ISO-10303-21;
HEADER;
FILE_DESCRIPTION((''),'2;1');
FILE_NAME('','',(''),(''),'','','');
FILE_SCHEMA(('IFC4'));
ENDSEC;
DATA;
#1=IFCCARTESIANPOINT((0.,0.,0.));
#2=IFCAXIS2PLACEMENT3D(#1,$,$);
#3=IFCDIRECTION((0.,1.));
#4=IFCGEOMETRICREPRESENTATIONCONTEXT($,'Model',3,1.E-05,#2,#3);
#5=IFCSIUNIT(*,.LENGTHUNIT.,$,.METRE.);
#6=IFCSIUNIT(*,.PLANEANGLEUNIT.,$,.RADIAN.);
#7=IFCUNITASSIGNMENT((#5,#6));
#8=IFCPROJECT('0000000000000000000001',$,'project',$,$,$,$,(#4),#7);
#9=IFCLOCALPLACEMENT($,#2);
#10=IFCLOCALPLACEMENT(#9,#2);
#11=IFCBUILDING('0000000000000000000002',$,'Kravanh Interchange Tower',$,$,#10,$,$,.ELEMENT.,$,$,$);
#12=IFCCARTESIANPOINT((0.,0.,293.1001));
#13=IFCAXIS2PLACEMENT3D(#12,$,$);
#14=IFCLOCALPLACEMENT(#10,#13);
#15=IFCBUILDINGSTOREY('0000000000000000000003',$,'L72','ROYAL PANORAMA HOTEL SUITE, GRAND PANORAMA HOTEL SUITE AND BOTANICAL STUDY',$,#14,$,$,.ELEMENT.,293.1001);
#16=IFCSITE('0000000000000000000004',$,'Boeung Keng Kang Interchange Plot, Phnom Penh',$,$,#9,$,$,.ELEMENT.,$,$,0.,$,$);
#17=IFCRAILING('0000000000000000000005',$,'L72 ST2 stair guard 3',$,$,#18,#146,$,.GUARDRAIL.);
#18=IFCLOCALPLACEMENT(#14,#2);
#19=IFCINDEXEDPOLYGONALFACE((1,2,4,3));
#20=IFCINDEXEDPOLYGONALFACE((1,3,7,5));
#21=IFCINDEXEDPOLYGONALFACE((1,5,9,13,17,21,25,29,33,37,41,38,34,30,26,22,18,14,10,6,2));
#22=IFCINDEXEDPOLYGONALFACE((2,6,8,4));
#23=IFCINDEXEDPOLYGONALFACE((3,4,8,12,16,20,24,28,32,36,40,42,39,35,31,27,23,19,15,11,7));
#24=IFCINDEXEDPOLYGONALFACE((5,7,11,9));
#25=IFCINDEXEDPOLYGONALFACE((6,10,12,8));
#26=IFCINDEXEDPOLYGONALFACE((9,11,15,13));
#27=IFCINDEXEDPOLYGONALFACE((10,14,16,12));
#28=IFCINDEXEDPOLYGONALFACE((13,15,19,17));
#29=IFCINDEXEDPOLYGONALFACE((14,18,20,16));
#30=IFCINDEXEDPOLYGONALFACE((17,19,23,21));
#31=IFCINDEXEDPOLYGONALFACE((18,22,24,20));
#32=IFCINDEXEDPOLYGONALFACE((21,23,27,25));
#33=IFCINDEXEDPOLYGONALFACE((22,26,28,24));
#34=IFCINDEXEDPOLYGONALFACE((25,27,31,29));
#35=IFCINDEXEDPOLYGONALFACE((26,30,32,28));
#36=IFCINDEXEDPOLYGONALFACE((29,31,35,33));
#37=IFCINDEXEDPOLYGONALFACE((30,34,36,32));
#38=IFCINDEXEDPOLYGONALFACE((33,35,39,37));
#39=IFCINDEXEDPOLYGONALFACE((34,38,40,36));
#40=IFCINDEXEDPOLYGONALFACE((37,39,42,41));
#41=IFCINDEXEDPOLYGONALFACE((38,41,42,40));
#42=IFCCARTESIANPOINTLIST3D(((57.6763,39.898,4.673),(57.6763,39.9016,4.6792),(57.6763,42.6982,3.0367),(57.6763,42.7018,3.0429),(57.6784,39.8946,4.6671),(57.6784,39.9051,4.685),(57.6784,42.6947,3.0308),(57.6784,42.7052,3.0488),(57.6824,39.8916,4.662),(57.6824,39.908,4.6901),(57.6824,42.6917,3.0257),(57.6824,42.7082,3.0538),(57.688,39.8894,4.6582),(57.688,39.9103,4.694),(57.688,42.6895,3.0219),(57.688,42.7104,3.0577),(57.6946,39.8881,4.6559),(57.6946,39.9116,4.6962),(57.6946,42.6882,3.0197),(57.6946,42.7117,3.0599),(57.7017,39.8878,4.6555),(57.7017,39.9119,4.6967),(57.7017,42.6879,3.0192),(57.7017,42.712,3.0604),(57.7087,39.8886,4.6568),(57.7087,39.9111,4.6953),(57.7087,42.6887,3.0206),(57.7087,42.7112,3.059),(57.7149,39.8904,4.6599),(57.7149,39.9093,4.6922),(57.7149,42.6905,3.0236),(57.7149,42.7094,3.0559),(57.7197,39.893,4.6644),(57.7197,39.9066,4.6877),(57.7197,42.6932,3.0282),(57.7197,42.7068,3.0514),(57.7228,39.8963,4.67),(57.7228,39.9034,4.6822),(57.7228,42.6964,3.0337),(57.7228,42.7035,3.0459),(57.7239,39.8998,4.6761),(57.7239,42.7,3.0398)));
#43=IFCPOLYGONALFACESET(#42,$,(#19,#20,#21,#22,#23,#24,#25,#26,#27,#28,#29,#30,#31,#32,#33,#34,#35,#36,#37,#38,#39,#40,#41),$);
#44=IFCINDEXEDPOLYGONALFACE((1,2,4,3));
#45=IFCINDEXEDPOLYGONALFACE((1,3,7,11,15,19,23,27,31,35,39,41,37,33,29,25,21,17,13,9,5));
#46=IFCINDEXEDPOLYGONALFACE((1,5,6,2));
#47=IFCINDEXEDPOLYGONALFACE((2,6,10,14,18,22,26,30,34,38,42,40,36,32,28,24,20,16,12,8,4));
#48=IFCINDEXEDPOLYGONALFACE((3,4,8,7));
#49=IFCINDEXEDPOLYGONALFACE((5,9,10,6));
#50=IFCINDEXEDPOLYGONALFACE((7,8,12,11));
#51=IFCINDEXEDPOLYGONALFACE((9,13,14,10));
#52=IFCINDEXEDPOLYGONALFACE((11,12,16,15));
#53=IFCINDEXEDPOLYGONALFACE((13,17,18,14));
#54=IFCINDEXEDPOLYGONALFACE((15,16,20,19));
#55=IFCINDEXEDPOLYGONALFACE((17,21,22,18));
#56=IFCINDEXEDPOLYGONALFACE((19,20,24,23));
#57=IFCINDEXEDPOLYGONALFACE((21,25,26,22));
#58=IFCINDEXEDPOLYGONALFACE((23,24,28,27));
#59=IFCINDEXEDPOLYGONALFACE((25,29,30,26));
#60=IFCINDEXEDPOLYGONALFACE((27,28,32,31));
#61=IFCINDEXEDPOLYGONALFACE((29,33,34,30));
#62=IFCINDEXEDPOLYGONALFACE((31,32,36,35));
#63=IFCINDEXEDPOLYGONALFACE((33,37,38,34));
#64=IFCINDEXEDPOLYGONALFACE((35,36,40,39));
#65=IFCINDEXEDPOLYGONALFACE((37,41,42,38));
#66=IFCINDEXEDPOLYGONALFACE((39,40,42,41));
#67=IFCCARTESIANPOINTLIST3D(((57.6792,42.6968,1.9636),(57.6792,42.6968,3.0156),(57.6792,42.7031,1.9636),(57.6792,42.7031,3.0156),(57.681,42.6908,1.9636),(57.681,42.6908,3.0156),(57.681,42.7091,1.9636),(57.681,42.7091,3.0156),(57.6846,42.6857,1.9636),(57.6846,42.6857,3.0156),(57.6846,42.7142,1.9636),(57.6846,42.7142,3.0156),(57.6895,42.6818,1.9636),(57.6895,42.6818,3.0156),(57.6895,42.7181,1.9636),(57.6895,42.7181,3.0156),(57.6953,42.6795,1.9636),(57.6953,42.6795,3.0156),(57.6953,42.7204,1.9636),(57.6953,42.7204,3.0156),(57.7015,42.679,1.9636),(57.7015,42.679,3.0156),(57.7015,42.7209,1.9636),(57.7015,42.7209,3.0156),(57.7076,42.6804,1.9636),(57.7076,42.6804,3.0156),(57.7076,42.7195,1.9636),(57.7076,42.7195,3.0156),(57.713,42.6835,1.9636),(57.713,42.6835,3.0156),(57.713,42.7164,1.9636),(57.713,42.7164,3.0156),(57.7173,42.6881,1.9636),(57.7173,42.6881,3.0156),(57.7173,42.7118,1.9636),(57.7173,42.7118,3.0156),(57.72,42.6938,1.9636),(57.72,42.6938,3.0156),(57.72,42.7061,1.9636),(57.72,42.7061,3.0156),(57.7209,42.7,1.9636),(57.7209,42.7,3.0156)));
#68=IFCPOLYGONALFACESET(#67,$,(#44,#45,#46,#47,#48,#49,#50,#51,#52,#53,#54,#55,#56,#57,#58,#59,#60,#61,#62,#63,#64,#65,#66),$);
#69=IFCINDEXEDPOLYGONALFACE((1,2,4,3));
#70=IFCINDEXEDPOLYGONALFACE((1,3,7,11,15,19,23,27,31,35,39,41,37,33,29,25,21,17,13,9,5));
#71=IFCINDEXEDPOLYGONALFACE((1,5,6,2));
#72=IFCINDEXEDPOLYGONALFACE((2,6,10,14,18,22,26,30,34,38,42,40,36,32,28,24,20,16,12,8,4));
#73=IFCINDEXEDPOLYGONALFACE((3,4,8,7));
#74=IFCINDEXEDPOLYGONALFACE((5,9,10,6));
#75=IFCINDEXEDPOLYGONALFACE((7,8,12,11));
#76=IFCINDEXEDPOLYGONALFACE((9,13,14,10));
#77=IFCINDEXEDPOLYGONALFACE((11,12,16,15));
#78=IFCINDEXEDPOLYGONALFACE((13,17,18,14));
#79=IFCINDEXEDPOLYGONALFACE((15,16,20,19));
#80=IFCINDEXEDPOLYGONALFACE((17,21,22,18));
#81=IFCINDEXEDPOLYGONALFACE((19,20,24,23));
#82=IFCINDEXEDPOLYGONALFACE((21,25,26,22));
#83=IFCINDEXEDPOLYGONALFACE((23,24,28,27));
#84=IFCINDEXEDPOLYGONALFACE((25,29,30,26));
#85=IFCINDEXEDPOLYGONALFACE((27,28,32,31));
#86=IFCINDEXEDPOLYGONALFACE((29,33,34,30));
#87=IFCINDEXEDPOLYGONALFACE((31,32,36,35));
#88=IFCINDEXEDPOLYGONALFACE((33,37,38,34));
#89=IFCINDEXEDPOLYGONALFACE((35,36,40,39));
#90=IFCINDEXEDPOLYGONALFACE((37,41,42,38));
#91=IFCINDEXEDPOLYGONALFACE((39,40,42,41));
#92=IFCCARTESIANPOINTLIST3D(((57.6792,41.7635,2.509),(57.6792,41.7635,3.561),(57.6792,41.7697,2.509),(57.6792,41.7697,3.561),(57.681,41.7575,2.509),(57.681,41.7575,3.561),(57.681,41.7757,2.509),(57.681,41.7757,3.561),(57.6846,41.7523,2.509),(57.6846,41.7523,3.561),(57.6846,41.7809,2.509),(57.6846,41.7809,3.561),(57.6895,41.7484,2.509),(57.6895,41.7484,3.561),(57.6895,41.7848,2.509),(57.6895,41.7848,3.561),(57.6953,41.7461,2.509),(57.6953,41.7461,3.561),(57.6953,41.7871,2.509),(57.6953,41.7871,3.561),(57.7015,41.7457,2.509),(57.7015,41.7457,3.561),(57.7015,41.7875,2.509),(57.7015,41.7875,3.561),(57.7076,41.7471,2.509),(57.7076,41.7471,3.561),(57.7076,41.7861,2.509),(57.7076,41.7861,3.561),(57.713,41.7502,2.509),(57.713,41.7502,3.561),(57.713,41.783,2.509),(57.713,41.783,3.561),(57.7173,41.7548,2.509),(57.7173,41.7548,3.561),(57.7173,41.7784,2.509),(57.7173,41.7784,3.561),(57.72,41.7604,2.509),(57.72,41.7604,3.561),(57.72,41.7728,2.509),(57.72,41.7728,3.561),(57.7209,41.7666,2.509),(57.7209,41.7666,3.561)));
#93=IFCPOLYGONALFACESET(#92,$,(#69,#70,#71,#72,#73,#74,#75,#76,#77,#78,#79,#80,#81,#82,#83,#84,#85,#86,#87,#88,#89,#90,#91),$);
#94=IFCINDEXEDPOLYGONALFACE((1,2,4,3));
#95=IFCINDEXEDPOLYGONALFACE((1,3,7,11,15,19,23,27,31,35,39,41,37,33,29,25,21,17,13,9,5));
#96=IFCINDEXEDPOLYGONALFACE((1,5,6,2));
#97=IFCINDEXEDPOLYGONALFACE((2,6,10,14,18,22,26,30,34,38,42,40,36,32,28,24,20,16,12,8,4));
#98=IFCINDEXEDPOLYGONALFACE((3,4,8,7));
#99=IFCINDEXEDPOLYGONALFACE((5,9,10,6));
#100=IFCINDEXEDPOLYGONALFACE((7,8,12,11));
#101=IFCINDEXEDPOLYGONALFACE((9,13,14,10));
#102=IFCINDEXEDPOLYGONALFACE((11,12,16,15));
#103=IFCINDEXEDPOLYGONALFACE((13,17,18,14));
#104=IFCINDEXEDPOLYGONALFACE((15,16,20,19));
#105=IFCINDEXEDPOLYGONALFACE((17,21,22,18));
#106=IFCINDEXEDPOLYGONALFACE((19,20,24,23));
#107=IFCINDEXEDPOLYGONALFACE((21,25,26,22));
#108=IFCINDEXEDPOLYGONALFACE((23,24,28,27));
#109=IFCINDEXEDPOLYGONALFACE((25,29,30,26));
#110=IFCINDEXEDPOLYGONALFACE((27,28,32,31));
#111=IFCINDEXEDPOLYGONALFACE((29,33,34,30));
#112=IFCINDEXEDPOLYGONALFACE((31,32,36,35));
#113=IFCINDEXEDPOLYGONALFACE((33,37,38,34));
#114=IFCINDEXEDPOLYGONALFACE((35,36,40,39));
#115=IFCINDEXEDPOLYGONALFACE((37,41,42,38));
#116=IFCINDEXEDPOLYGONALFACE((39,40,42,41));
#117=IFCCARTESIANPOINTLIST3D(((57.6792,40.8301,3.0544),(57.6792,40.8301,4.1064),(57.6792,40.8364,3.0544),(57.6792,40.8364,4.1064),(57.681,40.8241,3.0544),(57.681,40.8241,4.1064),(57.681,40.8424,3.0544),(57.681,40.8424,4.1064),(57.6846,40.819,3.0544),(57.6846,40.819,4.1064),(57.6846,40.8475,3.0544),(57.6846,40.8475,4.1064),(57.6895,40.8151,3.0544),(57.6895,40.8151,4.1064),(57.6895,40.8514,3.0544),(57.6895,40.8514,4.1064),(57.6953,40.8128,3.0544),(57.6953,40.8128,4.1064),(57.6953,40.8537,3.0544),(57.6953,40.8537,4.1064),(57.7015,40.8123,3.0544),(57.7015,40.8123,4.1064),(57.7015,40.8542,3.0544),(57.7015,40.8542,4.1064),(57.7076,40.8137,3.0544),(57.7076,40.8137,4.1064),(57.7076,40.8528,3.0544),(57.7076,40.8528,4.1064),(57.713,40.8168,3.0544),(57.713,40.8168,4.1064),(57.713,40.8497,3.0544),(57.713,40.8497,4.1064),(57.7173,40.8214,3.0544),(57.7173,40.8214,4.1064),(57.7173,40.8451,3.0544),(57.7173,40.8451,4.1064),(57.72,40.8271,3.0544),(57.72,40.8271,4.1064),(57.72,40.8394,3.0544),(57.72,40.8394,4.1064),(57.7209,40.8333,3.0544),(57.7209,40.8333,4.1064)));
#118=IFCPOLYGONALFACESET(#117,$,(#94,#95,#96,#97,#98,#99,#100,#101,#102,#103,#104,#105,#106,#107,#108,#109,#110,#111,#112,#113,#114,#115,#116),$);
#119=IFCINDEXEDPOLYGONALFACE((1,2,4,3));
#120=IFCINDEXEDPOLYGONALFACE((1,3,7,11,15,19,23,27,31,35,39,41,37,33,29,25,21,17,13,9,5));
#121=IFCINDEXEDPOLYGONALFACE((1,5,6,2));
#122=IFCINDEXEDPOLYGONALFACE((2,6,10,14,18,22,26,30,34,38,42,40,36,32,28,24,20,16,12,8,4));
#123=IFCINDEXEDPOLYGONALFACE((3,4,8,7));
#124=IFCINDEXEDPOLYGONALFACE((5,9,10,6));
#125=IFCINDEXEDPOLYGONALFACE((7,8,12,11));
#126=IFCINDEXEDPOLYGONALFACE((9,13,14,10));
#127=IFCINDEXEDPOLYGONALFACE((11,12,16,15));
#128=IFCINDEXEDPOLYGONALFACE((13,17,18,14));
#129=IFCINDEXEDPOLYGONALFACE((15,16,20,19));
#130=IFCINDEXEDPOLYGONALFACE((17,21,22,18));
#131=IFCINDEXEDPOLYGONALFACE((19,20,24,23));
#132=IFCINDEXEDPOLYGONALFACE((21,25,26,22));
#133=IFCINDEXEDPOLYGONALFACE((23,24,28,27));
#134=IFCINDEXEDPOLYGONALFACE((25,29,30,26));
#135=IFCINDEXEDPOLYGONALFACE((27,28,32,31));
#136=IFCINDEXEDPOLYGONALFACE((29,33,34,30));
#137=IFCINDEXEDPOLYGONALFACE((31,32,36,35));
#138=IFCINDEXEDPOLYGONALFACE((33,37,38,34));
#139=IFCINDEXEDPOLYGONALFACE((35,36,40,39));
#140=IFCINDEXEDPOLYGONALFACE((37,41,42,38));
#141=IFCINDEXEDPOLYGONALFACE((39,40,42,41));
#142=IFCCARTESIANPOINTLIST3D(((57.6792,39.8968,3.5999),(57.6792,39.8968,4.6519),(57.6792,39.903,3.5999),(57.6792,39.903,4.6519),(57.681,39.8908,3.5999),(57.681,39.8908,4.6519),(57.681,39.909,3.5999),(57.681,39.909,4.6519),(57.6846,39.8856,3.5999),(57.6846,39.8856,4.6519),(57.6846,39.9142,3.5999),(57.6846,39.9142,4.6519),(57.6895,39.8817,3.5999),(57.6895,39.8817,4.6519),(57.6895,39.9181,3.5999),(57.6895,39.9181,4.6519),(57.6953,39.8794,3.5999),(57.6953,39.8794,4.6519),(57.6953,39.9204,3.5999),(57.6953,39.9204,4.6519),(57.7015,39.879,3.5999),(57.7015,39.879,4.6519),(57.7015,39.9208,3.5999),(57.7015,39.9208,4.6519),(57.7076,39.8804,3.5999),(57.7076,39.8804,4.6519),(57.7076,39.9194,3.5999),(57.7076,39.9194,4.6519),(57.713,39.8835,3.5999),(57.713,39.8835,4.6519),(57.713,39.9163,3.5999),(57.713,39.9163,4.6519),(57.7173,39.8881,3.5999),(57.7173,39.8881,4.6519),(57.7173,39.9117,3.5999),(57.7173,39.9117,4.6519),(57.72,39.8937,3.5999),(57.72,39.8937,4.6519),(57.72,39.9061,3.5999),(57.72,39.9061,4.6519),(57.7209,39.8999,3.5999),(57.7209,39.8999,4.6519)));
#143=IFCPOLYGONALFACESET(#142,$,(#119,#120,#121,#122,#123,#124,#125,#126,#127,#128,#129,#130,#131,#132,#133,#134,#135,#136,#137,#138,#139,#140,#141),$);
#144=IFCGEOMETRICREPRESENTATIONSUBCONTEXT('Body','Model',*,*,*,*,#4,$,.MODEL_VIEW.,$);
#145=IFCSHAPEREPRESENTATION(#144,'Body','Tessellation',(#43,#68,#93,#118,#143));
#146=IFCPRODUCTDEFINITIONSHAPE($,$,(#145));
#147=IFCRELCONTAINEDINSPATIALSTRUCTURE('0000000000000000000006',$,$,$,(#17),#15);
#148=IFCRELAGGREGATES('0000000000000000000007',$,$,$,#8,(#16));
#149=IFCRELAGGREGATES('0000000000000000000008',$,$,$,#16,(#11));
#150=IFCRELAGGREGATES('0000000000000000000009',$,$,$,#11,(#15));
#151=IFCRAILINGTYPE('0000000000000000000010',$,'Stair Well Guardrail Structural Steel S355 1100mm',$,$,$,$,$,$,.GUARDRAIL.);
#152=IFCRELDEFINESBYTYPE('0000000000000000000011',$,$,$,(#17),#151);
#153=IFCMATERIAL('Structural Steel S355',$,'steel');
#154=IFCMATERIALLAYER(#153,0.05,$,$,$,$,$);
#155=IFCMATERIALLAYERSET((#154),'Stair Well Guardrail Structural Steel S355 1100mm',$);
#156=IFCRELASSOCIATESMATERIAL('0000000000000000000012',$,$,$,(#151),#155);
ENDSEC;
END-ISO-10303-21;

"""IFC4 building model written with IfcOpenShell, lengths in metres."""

from ifc_helpers import new_model, si_unit, direction, frame, origin, origin_2d, place, context, subcontext, project, spatial, circle, extrude, material, layer, layer_set, type_object, element, save


model = new_model("IFC4")

# Units and contexts
model_context = context("Model", 3, precision=1e-05, world=origin(), true_north=direction((0.0, 1.0)))
body_context = subcontext(model_context, "Body", "Model", "MODEL_VIEW")
ifc_project = project(units=[si_unit("LENGTHUNIT", "METRE"), si_unit("PLANEANGLEUNIT", "RADIAN")], contexts=[model_context])

# Site, building, storey
site_placement = place(None, origin())
site = spatial("IfcSite", under=ifc_project, at=site_placement, Name="Boeung Keng Kang Interchange Plot, Phnom Penh", CompositionType="ELEMENT", RefElevation=0.0)
building_placement = place(site_placement, origin())
building = spatial("IfcBuilding", under=site, at=building_placement, Name="Kravanh Interchange Tower", CompositionType="ELEMENT")
storey_placement = place(building_placement, frame((0.0, 0.0, 293.1001)))
storey = spatial("IfcBuildingStorey", under=building, at=storey_placement, Name="L72", Description="ROYAL PANORAMA HOTEL SUITE, GRAND PANORAMA HOTEL SUITE AND BOTANICAL STUDY", CompositionType="ELEMENT", Elevation=293.1001)

# Railing
ifc_material_1 = material(Name="Structural Steel S355", Category="steel")
ifc_layer_1 = layer(ifc_material_1, 0.05)
ifc_layer_set_1 = layer_set([ifc_layer_1], Name="Stair Well Guardrail Structural Steel S355 1100mm")
railing_type_1 = type_object("IfcRailingType", Name="Stair Well Guardrail Structural Steel S355 1100mm", PredefinedType="GUARDRAIL", material=ifc_layer_set_1)
railing_1_placement = place(storey_placement, frame((57.7, 42.7, 1.9636)))
element("IfcRailing", 1, at=railing_1_placement, inside=storey, type_object=railing_type_1, Name="L72 ST2 stair guard 3", PredefinedType="GUARDRAIL", context=body_context, shape_type="SweptSolid", body=[
    extrude(circle(Radius=0.0239, at=origin_2d()), frame((0.0, 0.0, 1.0762), z_axis=(0.0, -0.863394, 0.504531), x_axis=(1.0, 0.0, 0.0)), (0.0, 0.0, 1.0), 3.2432),
    extrude(circle(Radius=0.021, at=origin_2d()), origin(), (0.0, 0.0, 1.0), 1.052),
    extrude(circle(Radius=0.021, at=origin_2d()), frame((0.0, -0.9333, 0.5454)), (0.0, 0.0, 1.0), 1.052),
    extrude(circle(Radius=0.021, at=origin_2d()), frame((0.0, -1.8667, 1.0908)), (0.0, 0.0, 1.0), 1.052),
    extrude(circle(Radius=0.021, at=origin_2d()), frame((0.0, -2.8, 1.6362)), (0.0, 0.0, 1.0), 1.052),
])

save(model, "model.ifc")
